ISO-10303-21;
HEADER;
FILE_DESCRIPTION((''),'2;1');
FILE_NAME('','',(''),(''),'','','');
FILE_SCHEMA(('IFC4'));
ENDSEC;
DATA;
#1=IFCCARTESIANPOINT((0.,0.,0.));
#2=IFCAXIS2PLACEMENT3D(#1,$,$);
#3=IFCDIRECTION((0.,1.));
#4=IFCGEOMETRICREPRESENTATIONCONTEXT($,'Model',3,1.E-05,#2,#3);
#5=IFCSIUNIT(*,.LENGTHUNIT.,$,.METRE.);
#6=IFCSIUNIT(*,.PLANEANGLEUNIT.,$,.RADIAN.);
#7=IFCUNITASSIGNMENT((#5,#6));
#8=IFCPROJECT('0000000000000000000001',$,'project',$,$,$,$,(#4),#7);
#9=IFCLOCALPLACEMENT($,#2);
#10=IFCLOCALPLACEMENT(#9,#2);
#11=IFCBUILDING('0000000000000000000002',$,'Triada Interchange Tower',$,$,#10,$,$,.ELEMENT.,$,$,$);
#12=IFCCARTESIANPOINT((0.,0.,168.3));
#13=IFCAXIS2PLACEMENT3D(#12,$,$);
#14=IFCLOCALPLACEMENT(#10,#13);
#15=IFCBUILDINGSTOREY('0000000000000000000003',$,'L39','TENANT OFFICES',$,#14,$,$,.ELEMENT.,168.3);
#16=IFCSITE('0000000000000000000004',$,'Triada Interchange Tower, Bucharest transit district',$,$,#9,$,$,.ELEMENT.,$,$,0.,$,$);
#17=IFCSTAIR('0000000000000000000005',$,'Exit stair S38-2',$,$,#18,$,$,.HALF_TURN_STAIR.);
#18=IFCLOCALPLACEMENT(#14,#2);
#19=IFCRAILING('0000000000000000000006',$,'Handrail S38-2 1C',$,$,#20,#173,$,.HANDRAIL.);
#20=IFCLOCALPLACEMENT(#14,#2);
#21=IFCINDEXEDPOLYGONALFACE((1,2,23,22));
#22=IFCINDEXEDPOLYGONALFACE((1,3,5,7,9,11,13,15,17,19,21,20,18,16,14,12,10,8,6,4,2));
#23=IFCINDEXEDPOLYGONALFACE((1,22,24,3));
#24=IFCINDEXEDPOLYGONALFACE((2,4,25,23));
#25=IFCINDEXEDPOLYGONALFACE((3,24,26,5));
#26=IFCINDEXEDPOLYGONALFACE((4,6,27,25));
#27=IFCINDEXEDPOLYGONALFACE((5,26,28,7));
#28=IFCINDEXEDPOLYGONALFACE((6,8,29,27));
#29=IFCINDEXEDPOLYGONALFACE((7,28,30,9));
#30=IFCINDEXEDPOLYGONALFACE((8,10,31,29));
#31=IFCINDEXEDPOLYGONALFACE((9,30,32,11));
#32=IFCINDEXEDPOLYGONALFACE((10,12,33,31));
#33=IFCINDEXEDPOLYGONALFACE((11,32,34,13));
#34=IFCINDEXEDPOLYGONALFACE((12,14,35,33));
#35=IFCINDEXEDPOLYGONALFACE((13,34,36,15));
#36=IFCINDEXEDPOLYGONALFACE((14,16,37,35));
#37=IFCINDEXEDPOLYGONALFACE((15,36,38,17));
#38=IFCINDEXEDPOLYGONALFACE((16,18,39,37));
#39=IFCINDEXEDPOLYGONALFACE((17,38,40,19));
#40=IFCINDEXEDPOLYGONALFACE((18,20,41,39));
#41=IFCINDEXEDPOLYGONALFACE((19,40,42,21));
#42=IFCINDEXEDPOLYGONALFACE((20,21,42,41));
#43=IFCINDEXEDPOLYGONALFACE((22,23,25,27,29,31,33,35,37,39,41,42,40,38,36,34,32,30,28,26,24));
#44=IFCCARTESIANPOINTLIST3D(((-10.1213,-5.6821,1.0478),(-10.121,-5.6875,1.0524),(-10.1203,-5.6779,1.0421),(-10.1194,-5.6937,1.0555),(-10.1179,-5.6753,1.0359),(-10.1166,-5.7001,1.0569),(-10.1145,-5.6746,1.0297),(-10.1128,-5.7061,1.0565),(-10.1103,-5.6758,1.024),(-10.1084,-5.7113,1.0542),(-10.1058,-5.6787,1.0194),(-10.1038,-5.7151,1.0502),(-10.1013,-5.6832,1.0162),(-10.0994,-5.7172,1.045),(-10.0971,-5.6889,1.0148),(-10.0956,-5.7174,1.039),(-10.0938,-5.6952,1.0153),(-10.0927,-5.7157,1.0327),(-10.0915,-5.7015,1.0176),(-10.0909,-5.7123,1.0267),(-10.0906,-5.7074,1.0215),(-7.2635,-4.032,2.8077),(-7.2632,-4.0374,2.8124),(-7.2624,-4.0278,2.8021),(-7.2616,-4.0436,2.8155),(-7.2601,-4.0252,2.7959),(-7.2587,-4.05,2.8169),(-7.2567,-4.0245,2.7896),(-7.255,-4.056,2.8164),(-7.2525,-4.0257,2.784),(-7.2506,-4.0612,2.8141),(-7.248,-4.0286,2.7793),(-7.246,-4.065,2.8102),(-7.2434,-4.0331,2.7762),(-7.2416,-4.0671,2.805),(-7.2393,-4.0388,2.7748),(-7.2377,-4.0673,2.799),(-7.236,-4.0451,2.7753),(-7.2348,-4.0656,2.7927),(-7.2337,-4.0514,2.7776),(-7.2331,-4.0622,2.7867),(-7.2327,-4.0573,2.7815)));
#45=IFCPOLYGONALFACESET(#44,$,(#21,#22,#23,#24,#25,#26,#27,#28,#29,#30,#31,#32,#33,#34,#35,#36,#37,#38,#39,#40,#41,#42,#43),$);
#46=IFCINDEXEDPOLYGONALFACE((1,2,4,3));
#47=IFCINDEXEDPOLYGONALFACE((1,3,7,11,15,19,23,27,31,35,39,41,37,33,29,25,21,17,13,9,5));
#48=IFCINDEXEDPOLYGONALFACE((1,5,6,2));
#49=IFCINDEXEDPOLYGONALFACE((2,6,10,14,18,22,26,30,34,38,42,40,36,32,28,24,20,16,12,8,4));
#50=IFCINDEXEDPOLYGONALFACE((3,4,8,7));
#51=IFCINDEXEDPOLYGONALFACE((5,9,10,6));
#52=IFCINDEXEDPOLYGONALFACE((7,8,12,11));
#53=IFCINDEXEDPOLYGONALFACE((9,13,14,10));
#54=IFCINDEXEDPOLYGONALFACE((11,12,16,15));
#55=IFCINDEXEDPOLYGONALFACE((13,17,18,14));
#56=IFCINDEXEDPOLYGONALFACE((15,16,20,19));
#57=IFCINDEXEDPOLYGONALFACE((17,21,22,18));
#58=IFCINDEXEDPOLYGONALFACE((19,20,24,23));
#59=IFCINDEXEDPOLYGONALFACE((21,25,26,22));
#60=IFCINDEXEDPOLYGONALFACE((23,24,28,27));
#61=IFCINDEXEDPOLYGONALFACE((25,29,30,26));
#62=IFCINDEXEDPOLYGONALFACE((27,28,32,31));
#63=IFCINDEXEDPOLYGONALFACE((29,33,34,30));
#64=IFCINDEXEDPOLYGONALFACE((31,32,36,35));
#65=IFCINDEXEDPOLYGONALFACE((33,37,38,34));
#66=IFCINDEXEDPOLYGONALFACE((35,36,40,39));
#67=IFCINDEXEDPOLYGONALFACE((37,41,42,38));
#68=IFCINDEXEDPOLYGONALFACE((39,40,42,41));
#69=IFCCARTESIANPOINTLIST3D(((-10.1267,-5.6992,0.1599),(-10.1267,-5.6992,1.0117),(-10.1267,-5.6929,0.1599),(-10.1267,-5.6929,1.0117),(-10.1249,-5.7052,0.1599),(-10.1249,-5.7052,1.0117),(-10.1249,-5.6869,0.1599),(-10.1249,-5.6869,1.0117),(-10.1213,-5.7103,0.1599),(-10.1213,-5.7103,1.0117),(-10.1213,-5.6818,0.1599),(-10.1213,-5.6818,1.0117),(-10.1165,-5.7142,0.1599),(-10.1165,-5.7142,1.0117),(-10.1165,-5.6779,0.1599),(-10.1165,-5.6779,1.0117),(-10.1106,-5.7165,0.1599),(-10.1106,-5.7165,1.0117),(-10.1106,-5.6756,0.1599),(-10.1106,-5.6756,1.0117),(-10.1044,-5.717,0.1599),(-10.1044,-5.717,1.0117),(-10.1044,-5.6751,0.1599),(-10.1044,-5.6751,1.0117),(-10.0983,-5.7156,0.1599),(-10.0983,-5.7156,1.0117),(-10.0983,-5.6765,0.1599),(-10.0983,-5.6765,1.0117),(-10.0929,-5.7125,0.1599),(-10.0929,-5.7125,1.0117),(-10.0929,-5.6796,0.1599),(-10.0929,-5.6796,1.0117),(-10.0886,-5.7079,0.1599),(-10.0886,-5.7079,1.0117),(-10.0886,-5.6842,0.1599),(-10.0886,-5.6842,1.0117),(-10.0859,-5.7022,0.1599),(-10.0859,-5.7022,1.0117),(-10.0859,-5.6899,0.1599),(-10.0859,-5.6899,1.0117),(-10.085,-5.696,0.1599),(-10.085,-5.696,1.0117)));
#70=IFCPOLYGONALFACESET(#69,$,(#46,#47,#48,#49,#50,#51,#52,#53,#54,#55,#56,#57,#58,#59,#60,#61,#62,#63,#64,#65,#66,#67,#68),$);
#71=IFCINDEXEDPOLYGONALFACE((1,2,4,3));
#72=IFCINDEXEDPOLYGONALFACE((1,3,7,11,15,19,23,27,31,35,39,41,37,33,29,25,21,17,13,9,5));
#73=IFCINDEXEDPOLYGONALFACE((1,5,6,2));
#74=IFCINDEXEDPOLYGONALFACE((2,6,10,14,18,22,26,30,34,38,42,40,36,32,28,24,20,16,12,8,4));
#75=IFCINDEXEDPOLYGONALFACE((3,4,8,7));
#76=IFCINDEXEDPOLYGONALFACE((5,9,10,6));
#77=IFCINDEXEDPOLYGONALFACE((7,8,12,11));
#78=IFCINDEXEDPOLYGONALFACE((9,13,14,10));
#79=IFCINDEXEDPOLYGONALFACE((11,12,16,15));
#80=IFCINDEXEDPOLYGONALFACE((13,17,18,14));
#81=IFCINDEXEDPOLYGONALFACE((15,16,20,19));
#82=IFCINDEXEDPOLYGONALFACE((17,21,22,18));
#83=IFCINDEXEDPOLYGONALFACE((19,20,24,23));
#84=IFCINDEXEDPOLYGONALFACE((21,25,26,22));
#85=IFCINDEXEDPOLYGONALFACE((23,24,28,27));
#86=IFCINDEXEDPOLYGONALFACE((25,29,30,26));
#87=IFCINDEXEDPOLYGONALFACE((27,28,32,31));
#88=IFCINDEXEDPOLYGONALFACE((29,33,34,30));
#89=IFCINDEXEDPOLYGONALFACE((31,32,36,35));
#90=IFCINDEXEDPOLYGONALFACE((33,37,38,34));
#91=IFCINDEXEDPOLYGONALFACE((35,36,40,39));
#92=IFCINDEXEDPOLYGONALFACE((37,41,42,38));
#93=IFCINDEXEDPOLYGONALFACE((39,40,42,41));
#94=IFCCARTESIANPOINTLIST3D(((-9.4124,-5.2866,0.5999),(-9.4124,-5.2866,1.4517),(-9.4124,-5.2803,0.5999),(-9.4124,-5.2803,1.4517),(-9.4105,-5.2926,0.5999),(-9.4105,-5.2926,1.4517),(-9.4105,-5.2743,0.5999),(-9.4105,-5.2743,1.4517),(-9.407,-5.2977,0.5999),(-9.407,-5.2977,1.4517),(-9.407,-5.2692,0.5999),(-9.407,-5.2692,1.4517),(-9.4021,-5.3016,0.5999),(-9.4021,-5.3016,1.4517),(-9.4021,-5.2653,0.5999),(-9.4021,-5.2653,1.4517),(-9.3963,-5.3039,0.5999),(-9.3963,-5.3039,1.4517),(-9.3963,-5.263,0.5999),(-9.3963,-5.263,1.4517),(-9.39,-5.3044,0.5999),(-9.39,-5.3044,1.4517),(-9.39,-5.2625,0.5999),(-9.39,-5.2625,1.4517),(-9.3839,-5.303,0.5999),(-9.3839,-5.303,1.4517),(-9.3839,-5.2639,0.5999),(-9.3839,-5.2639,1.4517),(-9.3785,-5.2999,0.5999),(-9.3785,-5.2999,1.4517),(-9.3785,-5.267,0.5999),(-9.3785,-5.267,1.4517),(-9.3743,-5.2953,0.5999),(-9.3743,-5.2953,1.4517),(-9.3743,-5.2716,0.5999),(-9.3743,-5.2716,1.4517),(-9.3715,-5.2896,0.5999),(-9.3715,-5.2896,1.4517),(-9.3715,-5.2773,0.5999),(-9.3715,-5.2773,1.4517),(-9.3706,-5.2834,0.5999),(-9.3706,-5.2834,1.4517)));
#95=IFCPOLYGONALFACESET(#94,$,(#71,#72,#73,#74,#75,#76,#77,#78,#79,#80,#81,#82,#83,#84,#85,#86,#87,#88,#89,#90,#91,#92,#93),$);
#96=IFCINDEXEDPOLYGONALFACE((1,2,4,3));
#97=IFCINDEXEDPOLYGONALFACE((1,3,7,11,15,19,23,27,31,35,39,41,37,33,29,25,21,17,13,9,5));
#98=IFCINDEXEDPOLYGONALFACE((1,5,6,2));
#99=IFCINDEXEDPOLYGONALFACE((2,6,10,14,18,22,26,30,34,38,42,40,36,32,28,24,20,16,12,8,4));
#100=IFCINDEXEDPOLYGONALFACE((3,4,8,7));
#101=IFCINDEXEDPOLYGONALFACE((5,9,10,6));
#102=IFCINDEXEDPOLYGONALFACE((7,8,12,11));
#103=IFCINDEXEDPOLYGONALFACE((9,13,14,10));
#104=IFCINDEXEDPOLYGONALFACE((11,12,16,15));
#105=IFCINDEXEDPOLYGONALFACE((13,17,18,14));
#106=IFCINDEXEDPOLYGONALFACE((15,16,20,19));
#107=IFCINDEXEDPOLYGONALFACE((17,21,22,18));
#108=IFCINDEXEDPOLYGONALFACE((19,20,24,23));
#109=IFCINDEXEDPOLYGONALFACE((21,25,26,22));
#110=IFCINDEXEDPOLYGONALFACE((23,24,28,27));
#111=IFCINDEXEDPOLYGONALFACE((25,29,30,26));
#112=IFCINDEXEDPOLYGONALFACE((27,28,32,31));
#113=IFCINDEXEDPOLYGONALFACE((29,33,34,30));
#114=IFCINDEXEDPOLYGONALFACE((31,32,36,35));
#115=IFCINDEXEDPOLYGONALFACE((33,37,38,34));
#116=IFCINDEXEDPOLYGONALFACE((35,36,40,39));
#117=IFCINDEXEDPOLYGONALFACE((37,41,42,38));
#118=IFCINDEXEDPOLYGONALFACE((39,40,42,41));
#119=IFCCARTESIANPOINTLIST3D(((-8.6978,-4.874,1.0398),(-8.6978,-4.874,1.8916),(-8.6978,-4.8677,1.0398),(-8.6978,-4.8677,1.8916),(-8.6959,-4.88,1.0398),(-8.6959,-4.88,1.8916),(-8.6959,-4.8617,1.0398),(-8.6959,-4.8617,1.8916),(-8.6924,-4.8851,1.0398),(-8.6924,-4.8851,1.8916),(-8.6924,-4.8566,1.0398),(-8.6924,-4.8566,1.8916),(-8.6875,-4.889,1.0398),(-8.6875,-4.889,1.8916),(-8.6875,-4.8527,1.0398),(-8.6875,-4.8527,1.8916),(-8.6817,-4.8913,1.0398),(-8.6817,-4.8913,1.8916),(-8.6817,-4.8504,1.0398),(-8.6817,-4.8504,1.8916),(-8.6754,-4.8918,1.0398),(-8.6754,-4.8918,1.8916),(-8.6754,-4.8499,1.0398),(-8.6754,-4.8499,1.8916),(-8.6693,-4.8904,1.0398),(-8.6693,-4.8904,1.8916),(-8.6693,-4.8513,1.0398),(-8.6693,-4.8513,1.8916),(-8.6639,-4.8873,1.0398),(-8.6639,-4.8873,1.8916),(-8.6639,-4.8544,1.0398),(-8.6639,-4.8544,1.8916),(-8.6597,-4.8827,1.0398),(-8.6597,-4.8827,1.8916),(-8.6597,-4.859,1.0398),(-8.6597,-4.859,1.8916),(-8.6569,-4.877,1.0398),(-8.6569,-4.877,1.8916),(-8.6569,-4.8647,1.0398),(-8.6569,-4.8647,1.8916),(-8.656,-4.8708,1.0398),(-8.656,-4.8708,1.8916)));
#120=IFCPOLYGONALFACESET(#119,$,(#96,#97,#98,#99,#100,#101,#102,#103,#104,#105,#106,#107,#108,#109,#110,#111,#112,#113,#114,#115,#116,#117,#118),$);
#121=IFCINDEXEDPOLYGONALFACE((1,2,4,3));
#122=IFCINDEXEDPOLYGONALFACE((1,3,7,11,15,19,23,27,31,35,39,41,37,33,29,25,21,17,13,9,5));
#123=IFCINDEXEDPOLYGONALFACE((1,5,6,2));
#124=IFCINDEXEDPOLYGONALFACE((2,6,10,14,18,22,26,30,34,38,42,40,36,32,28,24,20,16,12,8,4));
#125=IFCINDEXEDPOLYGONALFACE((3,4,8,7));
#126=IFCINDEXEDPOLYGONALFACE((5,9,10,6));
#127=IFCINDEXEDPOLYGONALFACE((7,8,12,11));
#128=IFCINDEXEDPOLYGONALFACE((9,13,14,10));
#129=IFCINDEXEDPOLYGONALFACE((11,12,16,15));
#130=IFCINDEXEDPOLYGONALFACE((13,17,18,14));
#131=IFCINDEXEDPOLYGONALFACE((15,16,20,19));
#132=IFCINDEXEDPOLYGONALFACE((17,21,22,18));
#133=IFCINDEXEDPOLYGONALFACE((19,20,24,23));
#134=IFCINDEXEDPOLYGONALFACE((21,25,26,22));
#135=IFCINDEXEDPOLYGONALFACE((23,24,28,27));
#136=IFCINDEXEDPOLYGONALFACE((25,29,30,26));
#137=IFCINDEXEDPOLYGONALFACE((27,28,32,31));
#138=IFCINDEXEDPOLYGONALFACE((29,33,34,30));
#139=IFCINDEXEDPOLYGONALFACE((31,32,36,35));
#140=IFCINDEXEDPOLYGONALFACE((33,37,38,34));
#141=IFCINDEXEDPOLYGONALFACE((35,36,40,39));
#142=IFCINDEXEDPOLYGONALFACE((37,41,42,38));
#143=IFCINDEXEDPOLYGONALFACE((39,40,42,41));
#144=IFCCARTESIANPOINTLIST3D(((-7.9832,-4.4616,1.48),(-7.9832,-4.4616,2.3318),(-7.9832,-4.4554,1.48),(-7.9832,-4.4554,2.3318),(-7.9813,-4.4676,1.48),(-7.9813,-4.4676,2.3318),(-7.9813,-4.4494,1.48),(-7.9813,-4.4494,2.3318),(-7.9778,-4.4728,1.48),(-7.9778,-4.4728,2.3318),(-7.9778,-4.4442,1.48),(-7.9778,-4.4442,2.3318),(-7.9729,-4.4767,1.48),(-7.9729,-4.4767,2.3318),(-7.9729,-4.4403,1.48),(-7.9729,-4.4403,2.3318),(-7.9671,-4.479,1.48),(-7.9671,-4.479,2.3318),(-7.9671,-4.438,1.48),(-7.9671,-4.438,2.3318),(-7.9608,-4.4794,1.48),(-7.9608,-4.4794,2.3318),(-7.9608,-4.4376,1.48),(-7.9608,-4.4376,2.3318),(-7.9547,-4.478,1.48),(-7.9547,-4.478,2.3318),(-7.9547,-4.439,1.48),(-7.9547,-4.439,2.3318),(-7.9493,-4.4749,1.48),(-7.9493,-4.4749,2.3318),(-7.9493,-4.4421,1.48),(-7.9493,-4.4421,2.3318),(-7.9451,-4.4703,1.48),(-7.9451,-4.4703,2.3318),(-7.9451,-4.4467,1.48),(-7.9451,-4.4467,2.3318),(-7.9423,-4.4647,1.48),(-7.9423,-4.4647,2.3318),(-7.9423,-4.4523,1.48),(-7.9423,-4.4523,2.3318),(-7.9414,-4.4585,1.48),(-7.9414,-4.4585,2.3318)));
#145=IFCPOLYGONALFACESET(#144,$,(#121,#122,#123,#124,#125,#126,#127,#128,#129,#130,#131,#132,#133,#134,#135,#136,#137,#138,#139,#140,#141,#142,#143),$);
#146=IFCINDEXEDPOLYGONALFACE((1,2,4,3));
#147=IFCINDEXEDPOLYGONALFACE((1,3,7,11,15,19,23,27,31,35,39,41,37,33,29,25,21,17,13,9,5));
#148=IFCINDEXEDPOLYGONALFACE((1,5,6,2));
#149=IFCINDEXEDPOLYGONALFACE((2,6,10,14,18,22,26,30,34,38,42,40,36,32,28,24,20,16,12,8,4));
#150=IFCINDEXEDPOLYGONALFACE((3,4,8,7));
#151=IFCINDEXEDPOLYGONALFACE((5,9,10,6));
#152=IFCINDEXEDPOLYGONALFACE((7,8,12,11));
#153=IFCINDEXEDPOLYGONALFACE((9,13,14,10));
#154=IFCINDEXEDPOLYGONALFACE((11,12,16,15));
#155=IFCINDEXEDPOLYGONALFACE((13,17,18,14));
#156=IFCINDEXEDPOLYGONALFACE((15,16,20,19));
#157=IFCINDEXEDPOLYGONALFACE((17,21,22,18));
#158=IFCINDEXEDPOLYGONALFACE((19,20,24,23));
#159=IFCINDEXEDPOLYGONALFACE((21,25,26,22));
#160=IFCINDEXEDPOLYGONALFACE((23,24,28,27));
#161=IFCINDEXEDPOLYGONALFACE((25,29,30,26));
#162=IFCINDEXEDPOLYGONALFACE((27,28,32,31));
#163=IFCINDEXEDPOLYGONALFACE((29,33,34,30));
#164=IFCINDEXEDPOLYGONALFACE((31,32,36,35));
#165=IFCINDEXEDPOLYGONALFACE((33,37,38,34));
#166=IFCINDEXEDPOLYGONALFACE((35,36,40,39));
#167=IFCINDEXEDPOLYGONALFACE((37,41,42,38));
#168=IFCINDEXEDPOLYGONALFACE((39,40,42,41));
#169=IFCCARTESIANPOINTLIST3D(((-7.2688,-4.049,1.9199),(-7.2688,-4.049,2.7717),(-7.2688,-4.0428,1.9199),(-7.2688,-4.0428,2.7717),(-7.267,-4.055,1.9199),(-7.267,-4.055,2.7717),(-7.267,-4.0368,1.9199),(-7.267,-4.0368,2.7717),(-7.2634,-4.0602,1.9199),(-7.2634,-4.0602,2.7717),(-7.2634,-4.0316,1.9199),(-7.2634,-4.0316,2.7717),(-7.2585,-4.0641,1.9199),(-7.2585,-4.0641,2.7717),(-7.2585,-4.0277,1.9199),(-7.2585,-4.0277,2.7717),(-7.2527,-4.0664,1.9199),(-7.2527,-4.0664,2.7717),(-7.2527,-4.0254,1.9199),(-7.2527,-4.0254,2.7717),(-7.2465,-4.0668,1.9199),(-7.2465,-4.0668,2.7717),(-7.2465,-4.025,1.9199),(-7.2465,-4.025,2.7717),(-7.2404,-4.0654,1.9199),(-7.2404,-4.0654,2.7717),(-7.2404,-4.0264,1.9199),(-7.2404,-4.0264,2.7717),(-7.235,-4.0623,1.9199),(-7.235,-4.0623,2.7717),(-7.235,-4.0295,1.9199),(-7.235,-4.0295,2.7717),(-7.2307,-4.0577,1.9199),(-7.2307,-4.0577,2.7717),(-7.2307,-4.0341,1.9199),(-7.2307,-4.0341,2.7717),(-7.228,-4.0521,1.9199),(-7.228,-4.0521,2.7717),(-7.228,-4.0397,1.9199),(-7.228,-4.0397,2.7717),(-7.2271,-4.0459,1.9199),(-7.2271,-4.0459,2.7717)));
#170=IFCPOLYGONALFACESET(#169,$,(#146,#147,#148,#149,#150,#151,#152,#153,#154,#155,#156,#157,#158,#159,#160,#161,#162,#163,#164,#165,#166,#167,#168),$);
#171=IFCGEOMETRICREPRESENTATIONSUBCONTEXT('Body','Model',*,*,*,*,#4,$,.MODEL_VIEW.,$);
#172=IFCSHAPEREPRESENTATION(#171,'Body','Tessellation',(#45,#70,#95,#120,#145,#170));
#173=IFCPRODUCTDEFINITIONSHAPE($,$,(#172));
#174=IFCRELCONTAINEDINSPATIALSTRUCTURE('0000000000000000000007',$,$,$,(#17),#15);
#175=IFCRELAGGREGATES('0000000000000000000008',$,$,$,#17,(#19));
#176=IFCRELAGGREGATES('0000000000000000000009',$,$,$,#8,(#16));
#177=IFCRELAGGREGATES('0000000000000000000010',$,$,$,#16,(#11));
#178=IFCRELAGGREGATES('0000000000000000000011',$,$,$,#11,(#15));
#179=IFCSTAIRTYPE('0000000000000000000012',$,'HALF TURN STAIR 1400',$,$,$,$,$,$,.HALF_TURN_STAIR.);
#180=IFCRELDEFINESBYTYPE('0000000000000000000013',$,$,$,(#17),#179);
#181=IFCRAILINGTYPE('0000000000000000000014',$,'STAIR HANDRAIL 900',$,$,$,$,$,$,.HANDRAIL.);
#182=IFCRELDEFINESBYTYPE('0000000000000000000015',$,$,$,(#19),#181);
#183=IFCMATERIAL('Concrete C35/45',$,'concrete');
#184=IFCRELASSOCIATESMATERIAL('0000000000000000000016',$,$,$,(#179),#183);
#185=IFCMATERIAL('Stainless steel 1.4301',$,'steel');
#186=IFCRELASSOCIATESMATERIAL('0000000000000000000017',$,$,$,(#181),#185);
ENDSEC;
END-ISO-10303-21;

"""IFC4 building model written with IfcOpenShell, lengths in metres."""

from ifc_helpers import new_model, si_unit, direction, frame, origin, origin_2d, place, context, subcontext, project, spatial, circle, extrude, material, type_object, element, aggregate, save


model = new_model("IFC4")

# Units and contexts
model_context = context("Model", 3, precision=1e-05, world=origin(), true_north=direction((0.0, 1.0)))
body_context = subcontext(model_context, "Body", "Model", "MODEL_VIEW")
ifc_project = project(units=[si_unit("LENGTHUNIT", "METRE"), si_unit("PLANEANGLEUNIT", "RADIAN")], contexts=[model_context])

# Site, building, storey
site_placement = place(None, origin())
site = spatial("IfcSite", under=ifc_project, at=site_placement, Name="Triada Interchange Tower, Bucharest transit district", CompositionType="ELEMENT", RefElevation=0.0)
building_placement = place(site_placement, origin())
building = spatial("IfcBuilding", under=site, at=building_placement, Name="Triada Interchange Tower", CompositionType="ELEMENT")
storey_placement = place(building_placement, frame((0.0, 0.0, 168.3)))
storey = spatial("IfcBuildingStorey", under=building, at=storey_placement, Name="L39", Description="TENANT OFFICES", CompositionType="ELEMENT", Elevation=168.3)

# Stair, railing
ifc_material_1 = material(Name="Concrete C35/45", Category="concrete")
stair_type = type_object("IfcStairType", Name="HALF TURN STAIR 1400", PredefinedType="HALF_TURN_STAIR", material=ifc_material_1)
stair_placement = place(storey_placement, origin())
stair = element("IfcStair", 1, at=stair_placement, inside=storey, type_object=stair_type, Name="Exit stair S38-2", PredefinedType="HALF_TURN_STAIR")
ifc_material_2 = material(Name="Stainless steel 1.4301", Category="steel")
railing_type = type_object("IfcRailingType", Name="STAIR HANDRAIL 900", PredefinedType="HANDRAIL", material=ifc_material_2)
railing_1_placement = place(storey_placement, frame((-10.106, -5.696, 0.1599)))
railing_1 = element("IfcRailing", 2, at=railing_1_placement, type_object=railing_type, Name="Handrail S38-2 1C", PredefinedType="HANDRAIL", context=body_context, shape_type="SweptSolid", body=[
    extrude(circle(Radius=0.0239, at=origin_2d()), frame((0.0, 0.0, 0.876), z_axis=(0.764129, 0.441205, 0.47058), x_axis=(-0.50003, 0.866008, 0.0)), (0.0, 0.0, 1.0), 3.74),
    extrude(circle(Radius=0.021, at=origin_2d()), origin(), (0.0, 0.0, 1.0), 0.8518),
    extrude(circle(Radius=0.021, at=origin_2d()), frame((0.7144, 0.4126, 0.4399)), (0.0, 0.0, 1.0), 0.8518),
    extrude(circle(Radius=0.021, at=origin_2d()), frame((1.429, 0.8252, 0.8799)), (0.0, 0.0, 1.0), 0.8518),
    extrude(circle(Radius=0.021, at=origin_2d()), frame((2.1436, 1.2375, 1.3201)), (0.0, 0.0, 1.0), 0.8518),
    extrude(circle(Radius=0.021, at=origin_2d()), frame((2.8579, 1.6501, 1.76)), (0.0, 0.0, 1.0), 0.8518),
])
aggregate(stair, [railing_1])

save(model, "model.ifc")
